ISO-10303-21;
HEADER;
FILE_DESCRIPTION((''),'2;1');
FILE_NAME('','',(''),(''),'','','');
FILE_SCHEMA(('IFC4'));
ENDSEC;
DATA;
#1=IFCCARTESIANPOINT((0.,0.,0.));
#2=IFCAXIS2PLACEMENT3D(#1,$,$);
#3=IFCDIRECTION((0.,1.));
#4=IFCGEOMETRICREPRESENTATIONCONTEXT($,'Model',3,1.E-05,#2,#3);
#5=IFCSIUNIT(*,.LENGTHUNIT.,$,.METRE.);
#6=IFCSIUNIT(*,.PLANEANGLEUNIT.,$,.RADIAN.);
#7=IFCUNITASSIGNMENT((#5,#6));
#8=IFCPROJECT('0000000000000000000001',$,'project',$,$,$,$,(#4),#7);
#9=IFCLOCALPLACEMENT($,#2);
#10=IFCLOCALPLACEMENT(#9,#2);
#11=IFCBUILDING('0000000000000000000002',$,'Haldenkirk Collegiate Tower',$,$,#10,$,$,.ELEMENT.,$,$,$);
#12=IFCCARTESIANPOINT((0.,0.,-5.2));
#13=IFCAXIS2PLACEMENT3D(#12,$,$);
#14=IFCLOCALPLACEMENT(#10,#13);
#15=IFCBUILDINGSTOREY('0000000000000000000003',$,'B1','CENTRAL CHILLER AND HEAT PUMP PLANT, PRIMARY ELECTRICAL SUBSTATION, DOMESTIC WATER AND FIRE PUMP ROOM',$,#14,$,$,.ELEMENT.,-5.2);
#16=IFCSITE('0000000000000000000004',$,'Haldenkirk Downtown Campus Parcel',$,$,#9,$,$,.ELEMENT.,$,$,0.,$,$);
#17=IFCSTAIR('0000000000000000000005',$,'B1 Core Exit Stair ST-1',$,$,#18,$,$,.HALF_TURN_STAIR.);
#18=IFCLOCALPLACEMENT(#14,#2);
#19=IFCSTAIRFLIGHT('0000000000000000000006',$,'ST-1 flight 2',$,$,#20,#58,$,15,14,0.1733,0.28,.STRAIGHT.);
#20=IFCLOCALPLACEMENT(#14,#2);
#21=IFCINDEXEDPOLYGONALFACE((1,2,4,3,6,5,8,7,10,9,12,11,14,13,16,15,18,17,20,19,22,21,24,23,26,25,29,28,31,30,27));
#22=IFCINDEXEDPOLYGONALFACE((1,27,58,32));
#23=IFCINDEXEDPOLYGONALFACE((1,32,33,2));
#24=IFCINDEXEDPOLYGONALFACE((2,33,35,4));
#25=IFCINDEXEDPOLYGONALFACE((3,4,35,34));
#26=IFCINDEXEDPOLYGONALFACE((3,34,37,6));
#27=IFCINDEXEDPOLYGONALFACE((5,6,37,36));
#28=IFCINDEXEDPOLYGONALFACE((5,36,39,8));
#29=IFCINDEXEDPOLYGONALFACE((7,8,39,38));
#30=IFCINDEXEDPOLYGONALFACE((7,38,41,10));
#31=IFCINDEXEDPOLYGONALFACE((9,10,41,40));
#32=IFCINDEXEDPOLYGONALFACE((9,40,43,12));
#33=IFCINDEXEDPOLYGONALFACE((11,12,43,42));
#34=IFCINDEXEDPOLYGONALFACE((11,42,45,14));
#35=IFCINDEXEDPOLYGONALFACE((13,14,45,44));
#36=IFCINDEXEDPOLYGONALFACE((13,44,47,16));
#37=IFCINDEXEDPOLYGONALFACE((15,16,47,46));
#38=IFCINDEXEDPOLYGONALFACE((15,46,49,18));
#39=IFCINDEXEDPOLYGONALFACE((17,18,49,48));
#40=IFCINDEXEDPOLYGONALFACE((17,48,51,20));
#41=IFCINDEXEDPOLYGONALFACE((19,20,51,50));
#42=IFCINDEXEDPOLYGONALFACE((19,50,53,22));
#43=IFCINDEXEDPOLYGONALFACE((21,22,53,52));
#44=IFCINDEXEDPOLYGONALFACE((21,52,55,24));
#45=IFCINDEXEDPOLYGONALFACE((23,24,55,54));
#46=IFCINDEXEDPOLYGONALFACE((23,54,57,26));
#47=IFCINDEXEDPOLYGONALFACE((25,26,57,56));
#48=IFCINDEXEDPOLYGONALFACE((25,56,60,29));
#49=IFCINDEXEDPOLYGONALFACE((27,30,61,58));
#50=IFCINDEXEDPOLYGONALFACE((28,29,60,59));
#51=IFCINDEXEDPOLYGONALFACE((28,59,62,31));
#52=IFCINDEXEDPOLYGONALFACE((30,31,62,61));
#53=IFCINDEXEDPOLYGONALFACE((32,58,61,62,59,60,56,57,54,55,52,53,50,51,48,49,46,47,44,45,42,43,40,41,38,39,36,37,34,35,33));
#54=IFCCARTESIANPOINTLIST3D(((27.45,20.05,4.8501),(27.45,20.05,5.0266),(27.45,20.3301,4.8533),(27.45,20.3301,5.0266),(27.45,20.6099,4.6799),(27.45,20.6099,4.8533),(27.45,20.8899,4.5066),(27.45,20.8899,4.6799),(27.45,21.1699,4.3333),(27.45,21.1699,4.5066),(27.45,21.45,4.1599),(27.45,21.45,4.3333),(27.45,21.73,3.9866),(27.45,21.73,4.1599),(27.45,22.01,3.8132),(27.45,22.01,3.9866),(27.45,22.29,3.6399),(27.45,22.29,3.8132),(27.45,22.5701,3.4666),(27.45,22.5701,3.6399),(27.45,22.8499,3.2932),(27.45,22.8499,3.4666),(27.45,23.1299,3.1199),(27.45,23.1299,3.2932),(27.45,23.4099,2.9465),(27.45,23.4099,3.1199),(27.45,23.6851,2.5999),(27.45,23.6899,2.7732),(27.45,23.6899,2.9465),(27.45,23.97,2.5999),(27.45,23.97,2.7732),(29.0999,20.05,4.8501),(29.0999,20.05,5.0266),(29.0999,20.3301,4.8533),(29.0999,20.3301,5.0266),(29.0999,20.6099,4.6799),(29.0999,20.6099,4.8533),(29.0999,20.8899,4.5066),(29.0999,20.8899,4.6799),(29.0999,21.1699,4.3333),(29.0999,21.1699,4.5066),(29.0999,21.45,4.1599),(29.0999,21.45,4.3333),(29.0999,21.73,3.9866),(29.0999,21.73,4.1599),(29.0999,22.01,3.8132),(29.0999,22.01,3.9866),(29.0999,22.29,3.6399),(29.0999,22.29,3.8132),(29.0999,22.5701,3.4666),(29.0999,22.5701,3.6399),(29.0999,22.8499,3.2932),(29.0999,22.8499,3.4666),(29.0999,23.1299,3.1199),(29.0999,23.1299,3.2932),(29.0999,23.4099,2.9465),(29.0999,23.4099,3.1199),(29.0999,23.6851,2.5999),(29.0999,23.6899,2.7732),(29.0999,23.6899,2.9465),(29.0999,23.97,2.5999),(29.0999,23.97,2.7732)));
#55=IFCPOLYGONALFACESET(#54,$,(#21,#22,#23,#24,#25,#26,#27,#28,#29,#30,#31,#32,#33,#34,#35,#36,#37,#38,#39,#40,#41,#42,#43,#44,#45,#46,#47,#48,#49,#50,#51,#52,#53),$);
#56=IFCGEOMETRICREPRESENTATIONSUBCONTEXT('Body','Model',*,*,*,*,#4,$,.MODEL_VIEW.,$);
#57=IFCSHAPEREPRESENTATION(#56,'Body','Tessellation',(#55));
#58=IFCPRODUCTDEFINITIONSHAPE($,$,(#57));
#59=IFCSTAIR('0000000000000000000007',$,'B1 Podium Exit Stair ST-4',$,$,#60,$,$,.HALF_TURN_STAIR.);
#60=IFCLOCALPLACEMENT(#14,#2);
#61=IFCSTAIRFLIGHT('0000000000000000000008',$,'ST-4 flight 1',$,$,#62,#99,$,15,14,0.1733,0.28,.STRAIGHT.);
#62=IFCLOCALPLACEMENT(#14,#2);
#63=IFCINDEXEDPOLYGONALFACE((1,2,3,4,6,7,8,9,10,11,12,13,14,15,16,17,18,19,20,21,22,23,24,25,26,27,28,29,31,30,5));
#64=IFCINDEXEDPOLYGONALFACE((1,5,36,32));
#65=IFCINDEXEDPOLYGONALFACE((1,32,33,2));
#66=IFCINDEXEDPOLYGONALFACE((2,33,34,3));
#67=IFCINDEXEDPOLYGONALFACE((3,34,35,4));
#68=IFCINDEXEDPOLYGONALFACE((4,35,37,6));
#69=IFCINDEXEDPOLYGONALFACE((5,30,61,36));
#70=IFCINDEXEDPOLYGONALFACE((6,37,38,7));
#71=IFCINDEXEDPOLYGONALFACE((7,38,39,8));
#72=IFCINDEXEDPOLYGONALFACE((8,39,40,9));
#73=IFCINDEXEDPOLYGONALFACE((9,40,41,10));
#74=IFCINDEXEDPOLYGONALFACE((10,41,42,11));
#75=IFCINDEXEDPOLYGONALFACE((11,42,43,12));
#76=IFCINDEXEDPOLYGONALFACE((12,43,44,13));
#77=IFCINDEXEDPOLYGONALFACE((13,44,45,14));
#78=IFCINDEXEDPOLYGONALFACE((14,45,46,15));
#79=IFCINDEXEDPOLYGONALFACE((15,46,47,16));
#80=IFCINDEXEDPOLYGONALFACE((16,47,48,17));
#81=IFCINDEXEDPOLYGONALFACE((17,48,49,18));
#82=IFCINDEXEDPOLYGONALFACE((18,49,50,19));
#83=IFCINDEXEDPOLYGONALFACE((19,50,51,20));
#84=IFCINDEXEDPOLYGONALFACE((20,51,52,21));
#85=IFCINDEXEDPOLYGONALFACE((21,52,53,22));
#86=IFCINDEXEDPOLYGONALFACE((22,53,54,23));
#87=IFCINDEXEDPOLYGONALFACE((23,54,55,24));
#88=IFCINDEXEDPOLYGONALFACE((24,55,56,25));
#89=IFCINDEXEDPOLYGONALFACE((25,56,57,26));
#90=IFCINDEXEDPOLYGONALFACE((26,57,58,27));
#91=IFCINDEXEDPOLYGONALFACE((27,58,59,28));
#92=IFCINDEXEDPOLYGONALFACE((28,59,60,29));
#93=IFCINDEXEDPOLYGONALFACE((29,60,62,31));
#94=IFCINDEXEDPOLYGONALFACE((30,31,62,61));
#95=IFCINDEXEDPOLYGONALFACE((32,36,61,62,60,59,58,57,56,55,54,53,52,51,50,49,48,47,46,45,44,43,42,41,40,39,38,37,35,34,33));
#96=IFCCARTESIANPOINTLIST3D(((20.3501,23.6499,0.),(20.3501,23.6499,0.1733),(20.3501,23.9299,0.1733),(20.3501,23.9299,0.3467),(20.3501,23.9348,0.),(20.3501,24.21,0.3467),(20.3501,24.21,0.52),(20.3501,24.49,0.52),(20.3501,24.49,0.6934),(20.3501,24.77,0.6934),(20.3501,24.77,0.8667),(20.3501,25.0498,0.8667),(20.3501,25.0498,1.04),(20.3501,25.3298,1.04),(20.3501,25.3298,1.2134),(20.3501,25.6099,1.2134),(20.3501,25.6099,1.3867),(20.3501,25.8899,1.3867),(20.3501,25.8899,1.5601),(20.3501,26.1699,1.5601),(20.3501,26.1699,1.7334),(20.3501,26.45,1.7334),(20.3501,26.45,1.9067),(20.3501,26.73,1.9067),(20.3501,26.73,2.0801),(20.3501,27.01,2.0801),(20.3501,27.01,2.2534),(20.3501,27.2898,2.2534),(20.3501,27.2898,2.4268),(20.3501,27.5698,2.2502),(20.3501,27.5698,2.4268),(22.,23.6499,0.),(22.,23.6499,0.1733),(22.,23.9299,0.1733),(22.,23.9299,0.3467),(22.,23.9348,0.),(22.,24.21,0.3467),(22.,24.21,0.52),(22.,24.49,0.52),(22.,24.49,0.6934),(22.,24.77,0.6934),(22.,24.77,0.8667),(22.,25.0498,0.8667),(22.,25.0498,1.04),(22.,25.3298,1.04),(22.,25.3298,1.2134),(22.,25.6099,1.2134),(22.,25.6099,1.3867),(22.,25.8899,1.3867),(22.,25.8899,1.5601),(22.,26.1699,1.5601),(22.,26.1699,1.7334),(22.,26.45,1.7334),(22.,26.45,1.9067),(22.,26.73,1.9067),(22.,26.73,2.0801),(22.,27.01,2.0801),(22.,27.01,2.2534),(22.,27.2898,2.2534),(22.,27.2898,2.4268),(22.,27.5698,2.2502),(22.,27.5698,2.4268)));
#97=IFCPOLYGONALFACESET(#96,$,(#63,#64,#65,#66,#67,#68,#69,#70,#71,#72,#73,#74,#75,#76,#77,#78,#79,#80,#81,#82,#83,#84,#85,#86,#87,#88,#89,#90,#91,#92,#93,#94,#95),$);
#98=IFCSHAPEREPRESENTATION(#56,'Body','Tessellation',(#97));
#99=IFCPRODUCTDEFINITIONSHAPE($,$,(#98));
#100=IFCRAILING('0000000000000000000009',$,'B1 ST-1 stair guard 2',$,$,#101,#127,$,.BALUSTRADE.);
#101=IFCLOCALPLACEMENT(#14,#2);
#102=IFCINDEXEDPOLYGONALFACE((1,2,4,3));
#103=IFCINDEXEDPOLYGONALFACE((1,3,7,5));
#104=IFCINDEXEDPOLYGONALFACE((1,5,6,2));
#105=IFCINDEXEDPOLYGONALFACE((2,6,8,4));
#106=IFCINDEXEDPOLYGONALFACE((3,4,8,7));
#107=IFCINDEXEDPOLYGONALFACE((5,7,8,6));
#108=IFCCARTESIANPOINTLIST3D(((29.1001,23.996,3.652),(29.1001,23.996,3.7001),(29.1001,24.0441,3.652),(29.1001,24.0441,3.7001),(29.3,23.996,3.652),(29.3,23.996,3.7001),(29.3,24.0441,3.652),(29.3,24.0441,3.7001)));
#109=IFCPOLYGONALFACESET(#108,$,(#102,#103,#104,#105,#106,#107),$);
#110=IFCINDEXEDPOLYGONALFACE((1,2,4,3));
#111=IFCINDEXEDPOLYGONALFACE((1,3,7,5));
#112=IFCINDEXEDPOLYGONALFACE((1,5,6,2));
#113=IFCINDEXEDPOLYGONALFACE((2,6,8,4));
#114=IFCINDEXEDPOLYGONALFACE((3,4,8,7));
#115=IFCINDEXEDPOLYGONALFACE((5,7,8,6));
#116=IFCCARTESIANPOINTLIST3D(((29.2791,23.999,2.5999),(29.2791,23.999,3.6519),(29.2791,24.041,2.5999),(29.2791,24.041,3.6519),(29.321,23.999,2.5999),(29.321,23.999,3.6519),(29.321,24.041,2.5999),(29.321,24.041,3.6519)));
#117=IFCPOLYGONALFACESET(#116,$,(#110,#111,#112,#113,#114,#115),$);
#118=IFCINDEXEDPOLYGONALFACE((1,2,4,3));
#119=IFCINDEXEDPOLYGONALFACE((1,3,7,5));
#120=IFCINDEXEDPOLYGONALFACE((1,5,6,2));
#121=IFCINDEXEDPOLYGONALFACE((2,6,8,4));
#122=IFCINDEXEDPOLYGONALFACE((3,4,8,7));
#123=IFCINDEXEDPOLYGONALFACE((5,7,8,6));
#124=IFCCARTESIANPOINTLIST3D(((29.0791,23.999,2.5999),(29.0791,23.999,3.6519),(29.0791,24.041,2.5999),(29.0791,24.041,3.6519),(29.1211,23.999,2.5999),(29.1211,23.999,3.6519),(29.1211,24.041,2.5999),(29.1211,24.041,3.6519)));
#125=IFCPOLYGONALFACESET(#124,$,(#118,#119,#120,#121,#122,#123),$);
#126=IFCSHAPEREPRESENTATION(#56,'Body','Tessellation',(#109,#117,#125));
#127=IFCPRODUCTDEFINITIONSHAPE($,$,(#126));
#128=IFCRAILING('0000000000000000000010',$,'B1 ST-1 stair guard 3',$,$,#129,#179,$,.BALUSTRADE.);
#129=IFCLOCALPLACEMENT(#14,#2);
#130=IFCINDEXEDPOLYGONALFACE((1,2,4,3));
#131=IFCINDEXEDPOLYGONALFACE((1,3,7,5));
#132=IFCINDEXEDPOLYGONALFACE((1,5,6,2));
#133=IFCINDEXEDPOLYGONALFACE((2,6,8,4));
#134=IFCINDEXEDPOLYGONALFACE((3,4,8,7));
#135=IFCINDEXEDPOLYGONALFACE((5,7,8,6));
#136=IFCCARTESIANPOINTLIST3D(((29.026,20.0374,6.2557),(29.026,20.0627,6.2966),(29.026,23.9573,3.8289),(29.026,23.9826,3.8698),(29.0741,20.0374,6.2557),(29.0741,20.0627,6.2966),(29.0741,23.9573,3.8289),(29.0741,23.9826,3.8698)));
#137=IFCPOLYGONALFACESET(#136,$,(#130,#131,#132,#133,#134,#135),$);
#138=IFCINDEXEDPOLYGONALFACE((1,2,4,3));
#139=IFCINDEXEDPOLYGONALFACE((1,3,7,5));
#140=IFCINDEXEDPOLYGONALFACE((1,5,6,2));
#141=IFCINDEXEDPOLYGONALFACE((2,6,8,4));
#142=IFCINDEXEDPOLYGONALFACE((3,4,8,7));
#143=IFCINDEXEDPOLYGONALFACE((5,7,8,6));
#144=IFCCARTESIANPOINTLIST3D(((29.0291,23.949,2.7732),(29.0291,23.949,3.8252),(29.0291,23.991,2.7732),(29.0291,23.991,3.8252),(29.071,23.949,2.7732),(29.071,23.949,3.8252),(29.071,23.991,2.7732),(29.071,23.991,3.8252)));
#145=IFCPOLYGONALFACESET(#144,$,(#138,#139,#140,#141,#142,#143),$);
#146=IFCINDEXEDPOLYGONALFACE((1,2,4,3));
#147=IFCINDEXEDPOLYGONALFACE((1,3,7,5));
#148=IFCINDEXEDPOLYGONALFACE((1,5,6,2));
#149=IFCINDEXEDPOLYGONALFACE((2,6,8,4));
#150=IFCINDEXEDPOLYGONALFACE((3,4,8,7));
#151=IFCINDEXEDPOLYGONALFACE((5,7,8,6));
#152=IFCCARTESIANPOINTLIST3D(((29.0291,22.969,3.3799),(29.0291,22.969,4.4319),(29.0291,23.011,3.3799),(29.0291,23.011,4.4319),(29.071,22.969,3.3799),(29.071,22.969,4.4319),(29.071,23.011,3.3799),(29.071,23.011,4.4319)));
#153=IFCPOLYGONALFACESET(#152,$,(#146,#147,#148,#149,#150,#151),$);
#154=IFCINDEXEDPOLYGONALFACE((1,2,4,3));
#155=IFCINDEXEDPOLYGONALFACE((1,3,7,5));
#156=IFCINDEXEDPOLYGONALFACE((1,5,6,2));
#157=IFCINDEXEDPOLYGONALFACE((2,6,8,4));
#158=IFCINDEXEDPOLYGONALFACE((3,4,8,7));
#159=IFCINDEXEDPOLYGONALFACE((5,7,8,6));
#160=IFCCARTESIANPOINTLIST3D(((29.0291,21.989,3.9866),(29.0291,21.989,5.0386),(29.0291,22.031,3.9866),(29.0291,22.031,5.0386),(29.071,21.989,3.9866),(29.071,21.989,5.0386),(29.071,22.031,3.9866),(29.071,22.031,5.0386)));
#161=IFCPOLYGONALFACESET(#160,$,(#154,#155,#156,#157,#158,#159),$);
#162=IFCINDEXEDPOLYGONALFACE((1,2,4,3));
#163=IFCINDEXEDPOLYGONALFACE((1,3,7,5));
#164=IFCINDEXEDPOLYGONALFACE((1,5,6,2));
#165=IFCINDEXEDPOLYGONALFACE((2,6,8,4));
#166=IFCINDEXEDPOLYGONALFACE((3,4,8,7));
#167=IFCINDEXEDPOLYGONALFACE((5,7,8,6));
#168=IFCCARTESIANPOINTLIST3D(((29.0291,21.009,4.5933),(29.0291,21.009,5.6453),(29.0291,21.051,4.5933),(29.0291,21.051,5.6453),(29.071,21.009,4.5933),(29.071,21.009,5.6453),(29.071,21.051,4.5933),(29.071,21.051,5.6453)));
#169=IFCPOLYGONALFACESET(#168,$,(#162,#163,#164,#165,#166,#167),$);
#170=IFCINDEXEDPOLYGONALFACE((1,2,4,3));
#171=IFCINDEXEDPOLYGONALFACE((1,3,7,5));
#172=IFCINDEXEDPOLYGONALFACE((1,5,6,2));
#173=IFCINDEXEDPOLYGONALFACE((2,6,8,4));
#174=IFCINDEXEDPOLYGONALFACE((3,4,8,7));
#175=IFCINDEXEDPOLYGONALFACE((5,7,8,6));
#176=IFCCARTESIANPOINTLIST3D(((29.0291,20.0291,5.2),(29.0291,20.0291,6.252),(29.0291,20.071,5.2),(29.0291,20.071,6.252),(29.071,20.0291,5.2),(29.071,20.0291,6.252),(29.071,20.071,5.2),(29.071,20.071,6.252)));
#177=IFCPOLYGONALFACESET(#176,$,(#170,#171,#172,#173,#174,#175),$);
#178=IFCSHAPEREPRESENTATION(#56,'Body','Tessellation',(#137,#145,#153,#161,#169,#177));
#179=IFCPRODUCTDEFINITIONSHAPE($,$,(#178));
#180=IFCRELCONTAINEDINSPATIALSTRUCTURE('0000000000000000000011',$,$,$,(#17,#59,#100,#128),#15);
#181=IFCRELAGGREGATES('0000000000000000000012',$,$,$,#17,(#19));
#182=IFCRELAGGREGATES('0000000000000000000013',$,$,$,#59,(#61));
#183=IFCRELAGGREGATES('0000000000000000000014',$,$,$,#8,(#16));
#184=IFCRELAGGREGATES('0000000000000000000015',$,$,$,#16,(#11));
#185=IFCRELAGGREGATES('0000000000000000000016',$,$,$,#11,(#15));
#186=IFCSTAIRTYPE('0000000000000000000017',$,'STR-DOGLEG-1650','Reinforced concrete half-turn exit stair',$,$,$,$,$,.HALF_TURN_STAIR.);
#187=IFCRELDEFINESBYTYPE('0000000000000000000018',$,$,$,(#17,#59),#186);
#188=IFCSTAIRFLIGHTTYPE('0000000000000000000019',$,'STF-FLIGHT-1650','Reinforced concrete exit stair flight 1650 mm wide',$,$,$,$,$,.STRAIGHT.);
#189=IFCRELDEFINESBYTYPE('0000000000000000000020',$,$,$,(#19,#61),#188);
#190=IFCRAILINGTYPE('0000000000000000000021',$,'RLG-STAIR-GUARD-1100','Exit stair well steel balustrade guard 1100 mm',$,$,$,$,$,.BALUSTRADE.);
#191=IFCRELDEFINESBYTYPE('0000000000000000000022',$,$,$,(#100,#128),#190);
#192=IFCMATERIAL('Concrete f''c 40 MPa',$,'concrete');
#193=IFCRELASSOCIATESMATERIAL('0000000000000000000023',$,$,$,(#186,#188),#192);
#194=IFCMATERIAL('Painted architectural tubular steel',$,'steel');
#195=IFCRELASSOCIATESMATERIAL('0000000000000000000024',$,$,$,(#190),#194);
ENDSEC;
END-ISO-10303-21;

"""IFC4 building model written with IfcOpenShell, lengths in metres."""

from ifc_helpers import new_model, si_unit, direction, frame, origin, origin_2d, place, context, subcontext, project, spatial, polyline, rectangle, outline, extrude, material, type_object, element, aggregate, save


model = new_model("IFC4")

# Units and contexts
model_context = context("Model", 3, precision=1e-05, world=origin(), true_north=direction((0.0, 1.0)))
body_context = subcontext(model_context, "Body", "Model", "MODEL_VIEW")
ifc_project = project(units=[si_unit("LENGTHUNIT", "METRE"), si_unit("PLANEANGLEUNIT", "RADIAN")], contexts=[model_context])

# Site, building, storey
site_placement = place(None, origin())
site = spatial("IfcSite", under=ifc_project, at=site_placement, Name="Haldenkirk Downtown Campus Parcel", CompositionType="ELEMENT", RefElevation=0.0)
building_placement = place(site_placement, origin())
building = spatial("IfcBuilding", under=site, at=building_placement, Name="Haldenkirk Collegiate Tower", CompositionType="ELEMENT")
storey_placement = place(building_placement, frame((0.0, 0.0, -5.2)))
storey = spatial("IfcBuildingStorey", under=building, at=storey_placement, Name="B1", Description="CENTRAL CHILLER AND HEAT PUMP PLANT, PRIMARY ELECTRICAL SUBSTATION, DOMESTIC WATER AND FIRE PUMP ROOM", CompositionType="ELEMENT", Elevation=-5.2)

# Stairs, stair flights
ifc_material_1 = material(Name="Concrete f'c 40 MPa", Category="concrete")
stair_type = type_object("IfcStairType", Name="STR-DOGLEG-1650", Description="Reinforced concrete half-turn exit stair", PredefinedType="HALF_TURN_STAIR", material=ifc_material_1)
stair_1_placement = place(storey_placement, origin())
stair_1 = element("IfcStair", 1, at=stair_1_placement, inside=storey, type_object=stair_type, Name="B1 Core Exit Stair ST-1", PredefinedType="HALF_TURN_STAIR")
stair_flight_type = type_object("IfcStairFlightType", Name="STF-FLIGHT-1650", Description="Reinforced concrete exit stair flight 1650 mm wide", PredefinedType="STRAIGHT", material=ifc_material_1)
stair_flight_1_placement = place(storey_placement, frame((28.2749, 23.97, 2.5999), z_axis=(0.0, 0.0, 1.0), x_axis=(0.0, -1.0, 0.0)))
stair_flight_1 = element("IfcStairFlight", 2, at=stair_flight_1_placement, type_object=stair_flight_type, Name="ST-1 flight 2", NumberOfRisers=15, NumberOfTreads=14, PredefinedType="STRAIGHT", RiserHeight=0.1733, TreadLength=0.28, context=body_context, shape_type="SweptSolid", body=[
    extrude(outline(polyline([(0.0, 0.0), (0.0, 0.1733), (0.28, 0.1733), (0.28, 0.3467), (0.5601, 0.3467), (0.5601, 0.52), (0.8401, 0.52), (0.8401, 0.6934), (1.1201, 0.6934), (1.1201, 0.8667), (1.3999, 0.8667), (1.3999, 1.04), (1.6799, 1.04), (1.6799, 1.2134), (1.96, 1.2134), (1.96, 1.3867), (2.24, 1.3867), (2.24, 1.5601), (2.52, 1.5601), (2.52, 1.7334), (2.8, 1.7334), (2.8, 1.9067), (3.0801, 1.9067), (3.0801, 2.0801), (3.3601, 2.0801), (3.3601, 2.2534), (3.6399, 2.2534), (3.6399, 2.4268), (3.9199, 2.4268), (3.9199, 2.6001), (3.9199, 2.2502), (0.2849, 0.0), (0.0, 0.0)])), frame((0.0, 0.825, 0.0), z_axis=(0.0, -1.0, 0.0), x_axis=(1.0, 0.0, 0.0)), (0.0, 0.0, 1.0), 1.6499),
])
aggregate(stair_1, [stair_flight_1])
stair_2_placement = place(storey_placement, origin())
stair_2 = element("IfcStair", 3, at=stair_2_placement, inside=storey, type_object=stair_type, Name="B1 Podium Exit Stair ST-4", PredefinedType="HALF_TURN_STAIR")
stair_flight_2_placement = place(storey_placement, frame((21.175, 23.6499, 0.0), z_axis=(0.0, 0.0, 1.0), x_axis=(0.0, 1.0, 0.0)))
stair_flight_2 = element("IfcStairFlight", 4, at=stair_flight_2_placement, type_object=stair_flight_type, Name="ST-4 flight 1", NumberOfRisers=15, NumberOfTreads=14, PredefinedType="STRAIGHT", RiserHeight=0.1733, TreadLength=0.28, context=body_context, shape_type="SweptSolid", body=[
    extrude(outline(polyline([(0.0, 0.0), (0.0, 0.1733), (0.28, 0.1733), (0.28, 0.3467), (0.5601, 0.3467), (0.5601, 0.52), (0.8401, 0.52), (0.8401, 0.6934), (1.1201, 0.6934), (1.1201, 0.8667), (1.3999, 0.8667), (1.3999, 1.04), (1.6799, 1.04), (1.6799, 1.2134), (1.96, 1.2134), (1.96, 1.3867), (2.24, 1.3867), (2.24, 1.5601), (2.52, 1.5601), (2.52, 1.7334), (2.8, 1.7334), (2.8, 1.9067), (3.0801, 1.9067), (3.0801, 2.0801), (3.3601, 2.0801), (3.3601, 2.2534), (3.6399, 2.2534), (3.6399, 2.4268), (3.9199, 2.4268), (3.9199, 2.6001), (3.9199, 2.2502), (0.2849, 0.0), (0.0, 0.0)])), frame((0.0, 0.825, 0.0), z_axis=(0.0, -1.0, 0.0), x_axis=(1.0, 0.0, 0.0)), (0.0, 0.0, 1.0), 1.6499),
])
aggregate(stair_2, [stair_flight_2])

# Railings
ifc_material_2 = material(Name="Painted architectural tubular steel", Category="steel")
railing_type_1 = type_object("IfcRailingType", Name="RLG-STAIR-GUARD-1100", Description="Exit stair well steel balustrade guard 1100 mm", PredefinedType="BALUSTRADE", material=ifc_material_2)
railing_1_placement = place(storey_placement, frame((29.3, 24.02, 2.5999)))
element("IfcRailing", 5, at=railing_1_placement, inside=storey, type_object=railing_type_1, Name="B1 ST-1 stair guard 2", PredefinedType="BALUSTRADE", context=body_context, shape_type="SweptSolid", body=[
    extrude(rectangle(XDim=0.0481, YDim=0.0481, at=origin_2d()), frame((0.0, 0.0, 1.0762), z_axis=(-1.0, 0.0, 0.0), x_axis=(0.0, -1.0, 0.0)), (0.0, 0.0, 1.0), 0.2),
    extrude(rectangle(XDim=0.042, YDim=0.042, at=origin_2d()), origin(), (0.0, 0.0, 1.0), 1.052),
    extrude(rectangle(XDim=0.042, YDim=0.042, at=origin_2d()), frame((-0.2, 0.0, 0.0)), (0.0, 0.0, 1.0), 1.052),
])
railing_2_placement = place(storey_placement, frame((29.05, 23.97, 2.7732)))
element("IfcRailing", 6, at=railing_2_placement, inside=storey, type_object=railing_type_1, Name="B1 ST-1 stair guard 3", PredefinedType="BALUSTRADE", context=body_context, shape_type="SweptSolid", body=[
    extrude(rectangle(XDim=0.0481, YDim=0.0481, at=origin_2d()), frame((0.0, 0.0, 1.0762), z_axis=(0.0, -0.850252, 0.526376), x_axis=(1.0, 0.0, 0.0)), (0.0, 0.0, 1.0), 4.6104),
    extrude(rectangle(XDim=0.042, YDim=0.042, at=origin_2d()), origin(), (0.0, 0.0, 1.0), 1.052),
    extrude(rectangle(XDim=0.042, YDim=0.042, at=origin_2d()), frame((0.0, -0.98, 0.6067)), (0.0, 0.0, 1.0), 1.052),
    extrude(rectangle(XDim=0.042, YDim=0.042, at=origin_2d()), frame((0.0, -1.96, 1.2134)), (0.0, 0.0, 1.0), 1.052),
    extrude(rectangle(XDim=0.042, YDim=0.042, at=origin_2d()), frame((0.0, -2.9399, 1.8201)), (0.0, 0.0, 1.0), 1.052),
    extrude(rectangle(XDim=0.042, YDim=0.042, at=origin_2d()), frame((0.0, -3.9199, 2.4268)), (0.0, 0.0, 1.0), 1.052),
])

save(model, "model.ifc")
